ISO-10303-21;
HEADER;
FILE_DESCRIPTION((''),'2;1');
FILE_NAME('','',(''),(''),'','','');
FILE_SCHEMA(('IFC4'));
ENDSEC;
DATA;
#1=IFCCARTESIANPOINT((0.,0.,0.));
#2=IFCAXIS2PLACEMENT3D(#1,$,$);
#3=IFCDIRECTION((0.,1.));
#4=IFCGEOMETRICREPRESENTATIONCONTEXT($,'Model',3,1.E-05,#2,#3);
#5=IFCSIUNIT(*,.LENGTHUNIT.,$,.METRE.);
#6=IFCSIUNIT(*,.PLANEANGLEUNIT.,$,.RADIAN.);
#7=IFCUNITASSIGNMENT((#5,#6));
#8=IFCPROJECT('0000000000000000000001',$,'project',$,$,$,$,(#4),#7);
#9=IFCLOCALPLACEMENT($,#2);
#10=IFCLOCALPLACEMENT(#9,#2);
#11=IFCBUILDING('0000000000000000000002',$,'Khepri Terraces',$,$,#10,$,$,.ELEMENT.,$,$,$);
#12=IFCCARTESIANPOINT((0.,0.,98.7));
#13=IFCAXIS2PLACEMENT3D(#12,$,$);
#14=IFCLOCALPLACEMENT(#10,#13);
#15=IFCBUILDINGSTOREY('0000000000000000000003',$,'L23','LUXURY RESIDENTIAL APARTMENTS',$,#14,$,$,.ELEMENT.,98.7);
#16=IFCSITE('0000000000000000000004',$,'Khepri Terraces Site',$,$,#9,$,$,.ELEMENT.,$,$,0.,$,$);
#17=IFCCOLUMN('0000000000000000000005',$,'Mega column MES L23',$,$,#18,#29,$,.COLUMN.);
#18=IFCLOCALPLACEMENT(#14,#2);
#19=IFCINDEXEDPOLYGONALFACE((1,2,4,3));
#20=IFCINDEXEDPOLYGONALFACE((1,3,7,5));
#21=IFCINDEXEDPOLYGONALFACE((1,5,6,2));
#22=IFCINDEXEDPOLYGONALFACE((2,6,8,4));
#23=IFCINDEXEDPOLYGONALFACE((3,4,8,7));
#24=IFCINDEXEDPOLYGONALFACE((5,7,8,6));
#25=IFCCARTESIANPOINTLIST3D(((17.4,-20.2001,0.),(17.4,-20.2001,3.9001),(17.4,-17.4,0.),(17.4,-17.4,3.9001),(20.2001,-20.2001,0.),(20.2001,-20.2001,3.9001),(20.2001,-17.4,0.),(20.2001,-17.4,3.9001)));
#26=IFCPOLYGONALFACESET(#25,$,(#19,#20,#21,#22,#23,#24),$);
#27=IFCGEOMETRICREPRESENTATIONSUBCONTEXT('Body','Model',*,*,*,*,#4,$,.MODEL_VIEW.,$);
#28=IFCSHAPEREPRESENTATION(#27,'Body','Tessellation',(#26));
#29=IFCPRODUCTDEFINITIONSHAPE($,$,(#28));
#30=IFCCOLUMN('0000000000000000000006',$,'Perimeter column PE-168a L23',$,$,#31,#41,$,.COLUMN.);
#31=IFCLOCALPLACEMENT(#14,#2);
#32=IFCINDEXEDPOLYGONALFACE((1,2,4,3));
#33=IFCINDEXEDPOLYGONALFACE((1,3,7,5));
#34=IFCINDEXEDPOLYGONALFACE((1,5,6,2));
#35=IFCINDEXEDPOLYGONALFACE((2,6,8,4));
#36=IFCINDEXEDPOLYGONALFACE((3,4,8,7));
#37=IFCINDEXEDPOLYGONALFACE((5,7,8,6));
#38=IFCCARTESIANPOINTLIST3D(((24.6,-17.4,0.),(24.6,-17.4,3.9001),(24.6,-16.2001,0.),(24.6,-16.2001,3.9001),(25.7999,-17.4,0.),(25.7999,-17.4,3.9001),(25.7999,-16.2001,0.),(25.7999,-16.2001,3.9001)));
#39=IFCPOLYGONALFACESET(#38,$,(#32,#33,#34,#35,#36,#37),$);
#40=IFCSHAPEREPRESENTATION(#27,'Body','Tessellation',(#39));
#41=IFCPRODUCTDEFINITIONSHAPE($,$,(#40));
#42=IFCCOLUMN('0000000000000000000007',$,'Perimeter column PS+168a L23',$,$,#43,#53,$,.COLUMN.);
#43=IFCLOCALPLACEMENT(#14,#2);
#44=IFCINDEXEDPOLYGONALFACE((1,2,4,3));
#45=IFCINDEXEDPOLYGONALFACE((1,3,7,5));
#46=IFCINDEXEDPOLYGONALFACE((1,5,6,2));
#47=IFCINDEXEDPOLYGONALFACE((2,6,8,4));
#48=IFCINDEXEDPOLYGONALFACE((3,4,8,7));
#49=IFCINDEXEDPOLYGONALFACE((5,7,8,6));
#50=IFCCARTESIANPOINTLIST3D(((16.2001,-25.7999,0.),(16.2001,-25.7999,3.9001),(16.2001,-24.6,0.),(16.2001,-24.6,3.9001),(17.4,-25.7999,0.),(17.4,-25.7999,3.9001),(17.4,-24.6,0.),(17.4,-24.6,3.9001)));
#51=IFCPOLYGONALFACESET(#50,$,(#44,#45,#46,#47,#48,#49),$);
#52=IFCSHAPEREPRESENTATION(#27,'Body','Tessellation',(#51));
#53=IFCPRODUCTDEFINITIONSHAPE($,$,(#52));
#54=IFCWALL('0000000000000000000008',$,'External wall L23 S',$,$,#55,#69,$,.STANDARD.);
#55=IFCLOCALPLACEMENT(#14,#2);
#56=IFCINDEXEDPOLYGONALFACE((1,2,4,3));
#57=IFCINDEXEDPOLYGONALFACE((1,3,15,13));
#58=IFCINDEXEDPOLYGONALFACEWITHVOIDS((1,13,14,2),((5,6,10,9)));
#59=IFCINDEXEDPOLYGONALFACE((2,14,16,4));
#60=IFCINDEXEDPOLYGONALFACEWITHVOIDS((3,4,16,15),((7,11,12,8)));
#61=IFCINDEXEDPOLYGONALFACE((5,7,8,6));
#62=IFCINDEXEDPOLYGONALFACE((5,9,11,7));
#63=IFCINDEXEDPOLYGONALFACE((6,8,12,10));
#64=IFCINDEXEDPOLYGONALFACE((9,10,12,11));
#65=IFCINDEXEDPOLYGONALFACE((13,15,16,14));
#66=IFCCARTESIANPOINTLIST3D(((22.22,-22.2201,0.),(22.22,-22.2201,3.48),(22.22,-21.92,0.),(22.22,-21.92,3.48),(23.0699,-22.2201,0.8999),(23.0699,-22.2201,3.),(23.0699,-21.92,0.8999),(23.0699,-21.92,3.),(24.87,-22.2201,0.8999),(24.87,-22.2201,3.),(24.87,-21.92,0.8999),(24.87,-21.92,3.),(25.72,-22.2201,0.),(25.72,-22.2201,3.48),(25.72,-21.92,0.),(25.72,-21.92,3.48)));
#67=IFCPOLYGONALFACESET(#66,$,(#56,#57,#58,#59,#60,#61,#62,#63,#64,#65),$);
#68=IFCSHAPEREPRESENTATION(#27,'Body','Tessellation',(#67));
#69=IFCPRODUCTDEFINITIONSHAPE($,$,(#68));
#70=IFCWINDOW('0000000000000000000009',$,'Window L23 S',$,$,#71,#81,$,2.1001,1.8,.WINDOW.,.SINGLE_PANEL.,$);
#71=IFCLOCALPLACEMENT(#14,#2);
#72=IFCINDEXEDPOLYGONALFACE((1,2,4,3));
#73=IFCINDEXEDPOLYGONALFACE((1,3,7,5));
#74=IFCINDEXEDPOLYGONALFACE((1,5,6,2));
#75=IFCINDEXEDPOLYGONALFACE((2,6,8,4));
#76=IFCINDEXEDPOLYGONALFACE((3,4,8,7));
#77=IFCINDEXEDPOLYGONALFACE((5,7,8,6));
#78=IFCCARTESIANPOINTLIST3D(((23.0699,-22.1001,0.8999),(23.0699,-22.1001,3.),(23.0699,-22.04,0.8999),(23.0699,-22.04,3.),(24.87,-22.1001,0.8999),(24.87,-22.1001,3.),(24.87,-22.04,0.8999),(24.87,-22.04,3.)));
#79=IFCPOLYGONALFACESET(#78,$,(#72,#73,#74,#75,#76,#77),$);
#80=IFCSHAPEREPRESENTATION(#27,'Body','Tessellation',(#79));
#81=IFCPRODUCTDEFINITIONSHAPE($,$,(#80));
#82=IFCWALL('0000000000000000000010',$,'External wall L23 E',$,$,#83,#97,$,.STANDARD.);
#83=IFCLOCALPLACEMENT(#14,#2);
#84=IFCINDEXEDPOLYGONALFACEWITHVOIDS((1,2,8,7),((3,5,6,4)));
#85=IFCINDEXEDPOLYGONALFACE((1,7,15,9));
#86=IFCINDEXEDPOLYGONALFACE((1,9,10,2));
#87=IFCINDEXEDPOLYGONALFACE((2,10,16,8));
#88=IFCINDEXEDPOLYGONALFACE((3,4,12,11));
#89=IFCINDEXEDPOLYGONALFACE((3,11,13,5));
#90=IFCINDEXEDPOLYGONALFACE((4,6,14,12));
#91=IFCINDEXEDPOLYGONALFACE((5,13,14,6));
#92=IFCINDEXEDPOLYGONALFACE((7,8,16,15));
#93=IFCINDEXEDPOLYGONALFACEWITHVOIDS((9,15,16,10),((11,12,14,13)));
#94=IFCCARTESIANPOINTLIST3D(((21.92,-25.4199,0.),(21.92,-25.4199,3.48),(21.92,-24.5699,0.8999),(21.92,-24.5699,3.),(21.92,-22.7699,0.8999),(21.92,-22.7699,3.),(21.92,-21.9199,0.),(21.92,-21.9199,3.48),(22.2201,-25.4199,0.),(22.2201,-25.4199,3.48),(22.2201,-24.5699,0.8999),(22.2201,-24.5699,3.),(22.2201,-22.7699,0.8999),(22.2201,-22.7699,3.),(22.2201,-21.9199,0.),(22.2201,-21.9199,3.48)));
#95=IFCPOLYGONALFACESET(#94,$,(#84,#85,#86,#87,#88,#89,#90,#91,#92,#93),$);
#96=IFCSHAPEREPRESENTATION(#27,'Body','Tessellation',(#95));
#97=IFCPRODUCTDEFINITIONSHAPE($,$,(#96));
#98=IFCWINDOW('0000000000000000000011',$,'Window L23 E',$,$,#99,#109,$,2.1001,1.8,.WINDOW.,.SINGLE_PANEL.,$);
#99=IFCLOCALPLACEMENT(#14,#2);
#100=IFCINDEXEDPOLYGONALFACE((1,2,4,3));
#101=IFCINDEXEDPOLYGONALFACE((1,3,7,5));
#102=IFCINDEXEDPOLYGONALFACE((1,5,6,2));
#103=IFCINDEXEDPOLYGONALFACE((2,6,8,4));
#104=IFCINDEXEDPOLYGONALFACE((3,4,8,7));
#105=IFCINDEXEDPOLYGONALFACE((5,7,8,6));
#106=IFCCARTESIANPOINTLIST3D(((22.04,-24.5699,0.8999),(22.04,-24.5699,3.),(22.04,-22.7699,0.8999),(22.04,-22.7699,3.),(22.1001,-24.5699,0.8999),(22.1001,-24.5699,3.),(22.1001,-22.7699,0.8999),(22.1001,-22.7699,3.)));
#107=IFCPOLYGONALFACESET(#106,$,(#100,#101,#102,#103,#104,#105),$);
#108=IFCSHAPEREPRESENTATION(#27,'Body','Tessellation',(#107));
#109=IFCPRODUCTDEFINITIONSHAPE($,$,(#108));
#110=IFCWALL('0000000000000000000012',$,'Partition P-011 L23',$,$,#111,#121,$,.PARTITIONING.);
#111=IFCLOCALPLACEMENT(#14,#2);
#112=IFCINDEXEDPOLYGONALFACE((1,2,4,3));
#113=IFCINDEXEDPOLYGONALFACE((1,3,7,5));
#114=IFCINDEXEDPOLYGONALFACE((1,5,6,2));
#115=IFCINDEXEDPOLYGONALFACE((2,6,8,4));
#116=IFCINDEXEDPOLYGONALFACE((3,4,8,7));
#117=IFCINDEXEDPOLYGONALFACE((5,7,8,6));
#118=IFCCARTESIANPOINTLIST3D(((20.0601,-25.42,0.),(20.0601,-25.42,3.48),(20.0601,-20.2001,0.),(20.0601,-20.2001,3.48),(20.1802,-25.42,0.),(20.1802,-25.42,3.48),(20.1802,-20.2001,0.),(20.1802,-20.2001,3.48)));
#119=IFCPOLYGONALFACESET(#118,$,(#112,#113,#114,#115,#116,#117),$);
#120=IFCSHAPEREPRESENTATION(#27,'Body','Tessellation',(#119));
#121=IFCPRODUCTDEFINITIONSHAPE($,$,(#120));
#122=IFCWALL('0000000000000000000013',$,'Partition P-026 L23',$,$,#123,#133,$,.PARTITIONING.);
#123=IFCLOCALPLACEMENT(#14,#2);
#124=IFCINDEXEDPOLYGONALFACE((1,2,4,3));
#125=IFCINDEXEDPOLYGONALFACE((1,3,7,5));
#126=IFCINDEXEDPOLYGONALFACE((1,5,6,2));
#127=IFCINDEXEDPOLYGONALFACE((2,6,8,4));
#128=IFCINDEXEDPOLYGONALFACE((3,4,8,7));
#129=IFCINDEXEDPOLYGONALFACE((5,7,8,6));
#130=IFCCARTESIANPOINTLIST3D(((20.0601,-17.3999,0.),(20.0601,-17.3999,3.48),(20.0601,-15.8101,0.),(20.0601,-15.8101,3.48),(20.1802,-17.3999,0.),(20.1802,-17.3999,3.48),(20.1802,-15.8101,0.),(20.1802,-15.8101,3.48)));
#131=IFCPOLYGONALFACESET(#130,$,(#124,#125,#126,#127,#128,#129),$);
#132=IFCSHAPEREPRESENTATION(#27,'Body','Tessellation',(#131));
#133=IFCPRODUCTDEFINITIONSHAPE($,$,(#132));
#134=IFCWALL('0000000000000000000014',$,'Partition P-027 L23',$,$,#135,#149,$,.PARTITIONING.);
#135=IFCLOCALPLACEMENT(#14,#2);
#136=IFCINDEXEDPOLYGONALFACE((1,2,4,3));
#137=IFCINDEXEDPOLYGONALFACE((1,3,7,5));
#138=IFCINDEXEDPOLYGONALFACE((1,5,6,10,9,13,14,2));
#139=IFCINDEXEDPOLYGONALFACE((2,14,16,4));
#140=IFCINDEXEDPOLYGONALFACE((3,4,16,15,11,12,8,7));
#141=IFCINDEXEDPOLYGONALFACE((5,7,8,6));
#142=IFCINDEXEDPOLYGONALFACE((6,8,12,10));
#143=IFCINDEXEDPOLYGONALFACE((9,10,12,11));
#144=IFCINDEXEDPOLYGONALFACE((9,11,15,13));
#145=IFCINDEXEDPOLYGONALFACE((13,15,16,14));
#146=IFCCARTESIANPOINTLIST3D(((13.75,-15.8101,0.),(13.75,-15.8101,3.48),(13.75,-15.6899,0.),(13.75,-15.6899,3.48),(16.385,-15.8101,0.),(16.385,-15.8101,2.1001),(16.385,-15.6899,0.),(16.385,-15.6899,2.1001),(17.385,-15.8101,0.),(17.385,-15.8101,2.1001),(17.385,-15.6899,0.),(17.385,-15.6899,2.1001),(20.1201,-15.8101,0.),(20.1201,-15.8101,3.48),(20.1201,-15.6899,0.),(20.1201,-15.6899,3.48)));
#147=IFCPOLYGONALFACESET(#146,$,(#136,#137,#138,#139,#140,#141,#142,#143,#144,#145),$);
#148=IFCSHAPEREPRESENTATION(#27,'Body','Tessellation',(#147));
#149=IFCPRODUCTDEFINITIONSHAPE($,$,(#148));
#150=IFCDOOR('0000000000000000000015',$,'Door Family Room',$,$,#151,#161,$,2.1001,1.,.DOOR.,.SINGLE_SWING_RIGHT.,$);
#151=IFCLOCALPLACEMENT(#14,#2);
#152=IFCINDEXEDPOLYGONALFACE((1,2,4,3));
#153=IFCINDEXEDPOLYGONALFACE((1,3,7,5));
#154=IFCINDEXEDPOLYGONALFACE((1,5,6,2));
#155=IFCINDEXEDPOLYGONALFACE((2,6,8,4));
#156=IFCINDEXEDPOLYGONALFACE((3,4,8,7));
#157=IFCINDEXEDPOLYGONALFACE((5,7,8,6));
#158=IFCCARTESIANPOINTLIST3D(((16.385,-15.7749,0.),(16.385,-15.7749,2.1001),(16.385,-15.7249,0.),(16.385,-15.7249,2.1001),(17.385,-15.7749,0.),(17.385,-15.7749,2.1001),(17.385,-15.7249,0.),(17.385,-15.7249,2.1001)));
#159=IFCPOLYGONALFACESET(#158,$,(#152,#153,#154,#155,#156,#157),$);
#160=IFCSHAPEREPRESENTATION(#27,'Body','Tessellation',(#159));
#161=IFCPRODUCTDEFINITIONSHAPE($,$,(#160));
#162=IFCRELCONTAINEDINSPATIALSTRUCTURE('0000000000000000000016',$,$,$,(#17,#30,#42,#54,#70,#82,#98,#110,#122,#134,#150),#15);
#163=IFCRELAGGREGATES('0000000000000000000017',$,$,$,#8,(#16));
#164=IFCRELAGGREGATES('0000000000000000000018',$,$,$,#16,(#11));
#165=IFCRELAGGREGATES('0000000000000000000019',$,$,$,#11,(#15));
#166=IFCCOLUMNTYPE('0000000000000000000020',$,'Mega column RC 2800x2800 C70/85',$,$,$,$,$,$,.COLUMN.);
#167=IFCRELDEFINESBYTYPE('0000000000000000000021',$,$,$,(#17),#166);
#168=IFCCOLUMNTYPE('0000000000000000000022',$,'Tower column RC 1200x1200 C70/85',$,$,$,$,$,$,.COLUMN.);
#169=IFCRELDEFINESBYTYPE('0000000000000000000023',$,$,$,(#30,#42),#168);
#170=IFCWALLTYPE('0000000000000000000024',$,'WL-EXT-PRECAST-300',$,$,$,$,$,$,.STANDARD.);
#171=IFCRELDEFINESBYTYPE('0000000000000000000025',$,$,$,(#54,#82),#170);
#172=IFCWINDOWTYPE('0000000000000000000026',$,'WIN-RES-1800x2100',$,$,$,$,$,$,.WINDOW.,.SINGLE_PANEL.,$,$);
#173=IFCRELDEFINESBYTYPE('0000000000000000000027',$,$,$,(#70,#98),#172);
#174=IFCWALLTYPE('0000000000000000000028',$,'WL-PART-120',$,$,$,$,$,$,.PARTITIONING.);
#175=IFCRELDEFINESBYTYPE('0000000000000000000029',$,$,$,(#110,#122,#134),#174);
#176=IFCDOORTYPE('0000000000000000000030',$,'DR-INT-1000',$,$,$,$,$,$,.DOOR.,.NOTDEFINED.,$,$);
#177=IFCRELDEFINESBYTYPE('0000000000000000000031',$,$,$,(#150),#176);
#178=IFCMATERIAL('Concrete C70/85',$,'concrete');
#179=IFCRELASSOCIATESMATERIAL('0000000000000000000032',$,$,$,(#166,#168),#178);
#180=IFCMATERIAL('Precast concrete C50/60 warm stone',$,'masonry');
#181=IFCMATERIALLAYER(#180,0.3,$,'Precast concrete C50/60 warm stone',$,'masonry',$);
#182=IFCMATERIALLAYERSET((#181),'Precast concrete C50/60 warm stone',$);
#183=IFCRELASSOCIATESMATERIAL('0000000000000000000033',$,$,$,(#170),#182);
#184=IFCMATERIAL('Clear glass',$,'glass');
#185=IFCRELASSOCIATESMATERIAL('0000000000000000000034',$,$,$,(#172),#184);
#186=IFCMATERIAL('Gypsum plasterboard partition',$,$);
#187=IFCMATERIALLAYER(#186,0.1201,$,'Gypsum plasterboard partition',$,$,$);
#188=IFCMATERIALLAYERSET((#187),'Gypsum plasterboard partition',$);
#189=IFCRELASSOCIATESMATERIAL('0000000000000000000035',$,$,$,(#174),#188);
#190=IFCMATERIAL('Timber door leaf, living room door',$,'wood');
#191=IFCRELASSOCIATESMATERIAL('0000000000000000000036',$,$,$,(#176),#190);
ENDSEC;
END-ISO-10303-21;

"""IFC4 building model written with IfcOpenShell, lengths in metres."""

from ifc_helpers import new_model, si_unit, direction, frame, frame_2d, origin, origin_2d, place, context, subcontext, project, spatial, rectangle, extrude, material, layer, layer_set, material_profile, profile_set, type_object, element, fill, save


model = new_model("IFC4")

# Units and contexts
model_context = context("Model", 3, precision=1e-05, world=origin(), true_north=direction((0.0, 1.0)))
body_context = subcontext(model_context, "Body", "Model", "MODEL_VIEW")
ifc_project = project(units=[si_unit("LENGTHUNIT", "METRE"), si_unit("PLANEANGLEUNIT", "RADIAN")], contexts=[model_context])

# Site, building, storey
site_placement = place(None, origin())
site = spatial("IfcSite", under=ifc_project, at=site_placement, Name="Khepri Terraces Site", CompositionType="ELEMENT", RefElevation=0.0)
building_placement = place(site_placement, origin())
building = spatial("IfcBuilding", under=site, at=building_placement, Name="Khepri Terraces", CompositionType="ELEMENT")
storey_placement = place(building_placement, frame((0.0, 0.0, 98.7)))
storey = spatial("IfcBuildingStorey", under=building, at=storey_placement, Name="L23", Description="LUXURY RESIDENTIAL APARTMENTS", CompositionType="ELEMENT", Elevation=98.7)

# Columns
ifc_material_1 = material(Name="Concrete C70/85", Category="concrete")
ifc_material_profile_1 = material_profile(ifc_material_1, rectangle(XDim=2.8, YDim=2.8, at=origin_2d()), Name="Concrete C70/85", Category="concrete")
ifc_profile_set_1 = profile_set([ifc_material_profile_1], Name="Concrete C70/85")
column_type_1 = type_object("IfcColumnType", Name="Mega column RC 2800x2800 C70/85", PredefinedType="COLUMN", material=ifc_profile_set_1)
column_placement = place(storey_placement, frame((18.8, -18.8, 0.0), z_axis=(0.0, 0.0, 1.0), x_axis=(1.0, 0.0, 0.0)))
element("IfcColumn", 1, at=column_placement, inside=storey, type_object=column_type_1, Name="Mega column MES L23", PredefinedType="COLUMN", context=body_context, shape_type="SweptSolid", body=[
    extrude(rectangle(XDim=2.8, YDim=2.8, at=origin_2d()), origin(), (0.0, 0.0, 1.0), 3.9001),
])
ifc_material_profile_2 = material_profile(ifc_material_1, rectangle(XDim=1.2, YDim=1.2, at=origin_2d()), Name="Concrete C70/85", Category="concrete")
ifc_profile_set_2 = profile_set([ifc_material_profile_2], Name="Concrete C70/85")
column_type_2 = type_object("IfcColumnType", Name="Tower column RC 1200x1200 C70/85", PredefinedType="COLUMN", material=ifc_profile_set_2)
for number, where, z_axis, x_axis, name in (
    (2, (25.2, -16.8, 0.0), (0.0, 0.0, 1.0), (1.0, 0.0, 0.0), "Perimeter column PE-168a L23"),
    (3, (16.8, -25.2, 0.0), (0.0, 0.0, 1.0), (1.0, 0.0, 0.0), "Perimeter column PS+168a L23"),
):
    element("IfcColumn", number, at=place(storey_placement, frame(where, z_axis=z_axis, x_axis=x_axis)), inside=storey, type_object=column_type_2, Name=name, PredefinedType="COLUMN", context=body_context, shape_type="SweptSolid", body=[
        extrude(rectangle(XDim=1.2, YDim=1.2, at=origin_2d()), origin(), (0.0, 0.0, 1.0), 3.9001),
    ])

# Wall, opening, window
ifc_material_2 = material(Name="Precast concrete C50/60 warm stone", Category="masonry")
ifc_layer_1 = layer(ifc_material_2, 0.3, Name="Precast concrete C50/60 warm stone", Category="masonry")
ifc_layer_set_1 = layer_set([ifc_layer_1], Name="Precast concrete C50/60 warm stone")
wall_type_1 = type_object("IfcWallType", Name="WL-EXT-PRECAST-300", PredefinedType="STANDARD", material=ifc_layer_set_1)
wall_1_placement = place(storey_placement, frame((22.22, -22.0701, 0.0), z_axis=(0.0, 0.0, 1.0), x_axis=(1.0, 0.0, 0.0)))
wall_1 = element("IfcWall", 4, at=wall_1_placement, inside=storey, type_object=wall_type_1, Name="External wall L23 S", PredefinedType="STANDARD", context=body_context, shape_type="SweptSolid", body=[
    extrude(rectangle(XDim=3.5, YDim=0.3, at=frame_2d((1.75, 0.0))), origin(), (0.0, 0.0, 1.0), 3.48),
])
opening_1_placement = place(wall_1_placement, frame((0.8501, 0.0, 0.8999)))
opening_1 = element("IfcOpeningElement", 5, at=opening_1_placement, cuts=wall_1, PredefinedType="OPENING", context=body_context, shape_type="SweptSolid", body=[
    extrude(rectangle(XDim=1.8, YDim=2.1001, at=frame_2d((0.8999, 1.05))), frame((0.0, 0.1602, 0.0), z_axis=(0.0, -1.0, 0.0), x_axis=(1.0, 0.0, 0.0)), (0.0, 0.0, 1.0), 0.3201),
])
ifc_material_3 = material(Name="Clear glass", Category="glass")
window_type = type_object("IfcWindowType", Name="WIN-RES-1800x2100", PartitioningType="SINGLE_PANEL", PredefinedType="WINDOW", material=ifc_material_3)
window_1_placement = place(opening_1_placement, origin())
window_1 = element("IfcWindow", 6, at=window_1_placement, inside=storey, type_object=window_type, Name="Window L23 S", OverallHeight=2.1001, OverallWidth=1.8, PartitioningType="SINGLE_PANEL", PredefinedType="WINDOW", context=body_context, shape_type="SweptSolid", body=[
    extrude(rectangle(XDim=1.8, YDim=2.1001, at=frame_2d((0.8999, 1.05))), frame((0.0, 0.03, 0.0), z_axis=(0.0, -1.0, 0.0), x_axis=(1.0, 0.0, 0.0)), (0.0, 0.0, 1.0), 0.0601),
])
fill(opening_1, window_1)

# Wall, opening, window
wall_2_placement = place(storey_placement, frame((22.0701, -25.4199, 0.0), z_axis=(0.0, 0.0, 1.0), x_axis=(0.0, 1.0, 0.0)))
wall_2 = element("IfcWall", 7, at=wall_2_placement, inside=storey, type_object=wall_type_1, Name="External wall L23 E", PredefinedType="STANDARD", context=body_context, shape_type="SweptSolid", body=[
    extrude(rectangle(XDim=3.5, YDim=0.3, at=frame_2d((1.75, 0.0))), origin(), (0.0, 0.0, 1.0), 3.48),
])
opening_2_placement = place(wall_2_placement, frame((0.8501, 0.0, 0.8999)))
opening_2 = element("IfcOpeningElement", 8, at=opening_2_placement, cuts=wall_2, PredefinedType="OPENING", context=body_context, shape_type="SweptSolid", body=[
    extrude(rectangle(XDim=1.8, YDim=2.1001, at=frame_2d((0.8999, 1.05))), frame((0.0, 0.1602, 0.0), z_axis=(0.0, -1.0, 0.0), x_axis=(1.0, 0.0, 0.0)), (0.0, 0.0, 1.0), 0.3201),
])
window_2_placement = place(opening_2_placement, origin())
window_2 = element("IfcWindow", 9, at=window_2_placement, inside=storey, type_object=window_type, Name="Window L23 E", OverallHeight=2.1001, OverallWidth=1.8, PartitioningType="SINGLE_PANEL", PredefinedType="WINDOW", context=body_context, shape_type="SweptSolid", body=[
    extrude(rectangle(XDim=1.8, YDim=2.1001, at=frame_2d((0.8999, 1.05))), frame((0.0, 0.03, 0.0), z_axis=(0.0, -1.0, 0.0), x_axis=(1.0, 0.0, 0.0)), (0.0, 0.0, 1.0), 0.0601),
])
fill(opening_2, window_2)

# Walls
ifc_material_4 = material(Name="Gypsum plasterboard partition")
ifc_layer_2 = layer(ifc_material_4, 0.1201, Name="Gypsum plasterboard partition")
ifc_layer_set_2 = layer_set([ifc_layer_2], Name="Gypsum plasterboard partition")
wall_type_2 = type_object("IfcWallType", Name="WL-PART-120", PredefinedType="PARTITIONING", material=ifc_layer_set_2)
wall_3_placement = place(storey_placement, frame((20.1201, -25.4199, 0.0), z_axis=(0.0, 0.0, 1.0), x_axis=(0.0, 1.0, 0.0)))
element("IfcWall", 10, at=wall_3_placement, inside=storey, type_object=wall_type_2, Name="Partition P-011 L23", PredefinedType="PARTITIONING", context=body_context, shape_type="SweptSolid", body=[
    extrude(rectangle(XDim=5.22, YDim=0.1201, at=frame_2d((2.6099, 0.0))), origin(), (0.0, 0.0, 1.0), 3.48),
])
wall_4_placement = place(storey_placement, frame((20.1201, -17.3999, 0.0), z_axis=(0.0, 0.0, 1.0), x_axis=(0.0, 1.0, 0.0)))
element("IfcWall", 11, at=wall_4_placement, inside=storey, type_object=wall_type_2, Name="Partition P-026 L23", PredefinedType="PARTITIONING", context=body_context, shape_type="SweptSolid", body=[
    extrude(rectangle(XDim=1.5898, YDim=0.1201, at=frame_2d((0.7949, 0.0))), origin(), (0.0, 0.0, 1.0), 3.48),
])

# Wall, opening, door
wall_5_placement = place(storey_placement, frame((13.75, -15.75, 0.0), z_axis=(0.0, 0.0, 1.0), x_axis=(1.0, 0.0, 0.0)))
wall_5 = element("IfcWall", 12, at=wall_5_placement, inside=storey, type_object=wall_type_2, Name="Partition P-027 L23", PredefinedType="PARTITIONING", context=body_context, shape_type="SweptSolid", body=[
    extrude(rectangle(XDim=6.3701, YDim=0.1201, at=frame_2d((3.1851, 0.0))), origin(), (0.0, 0.0, 1.0), 3.48),
])
opening_3_placement = place(wall_5_placement, frame((2.635, 0.0, 0.0)))
opening_3 = element("IfcOpeningElement", 13, at=opening_3_placement, cuts=wall_5, PredefinedType="OPENING", context=body_context, shape_type="SweptSolid", body=[
    extrude(rectangle(XDim=1.0, YDim=2.1001, at=frame_2d((0.5, 1.05))), frame((0.0, 0.0701, 0.0), z_axis=(0.0, -1.0, 0.0), x_axis=(1.0, 0.0, 0.0)), (0.0, 0.0, 1.0), 0.1401),
])
ifc_material_5 = material(Name="Timber door leaf, living room door", Category="wood")
door_type_1 = type_object("IfcDoorType", Name="DR-INT-1000", OperationType="NOTDEFINED", PredefinedType="DOOR", material=ifc_material_5)
door_1_placement = place(opening_3_placement, frame((1.0, 0.0, 0.0), z_axis=(0.0, 0.0, 1.0), x_axis=(-1.0, 0.0, 0.0)))
door_1 = element("IfcDoor", 14, at=door_1_placement, inside=storey, type_object=door_type_1, Name="Door Family Room", OperationType="SINGLE_SWING_RIGHT", OverallHeight=2.1001, OverallWidth=1.0, PredefinedType="DOOR", context=body_context, shape_type="SweptSolid", body=[
    extrude(rectangle(XDim=1.0, YDim=2.1001, at=frame_2d((0.5, 1.05))), frame((0.0, 0.0249, 0.0), z_axis=(0.0, -1.0, 0.0), x_axis=(1.0, 0.0, 0.0)), (0.0, 0.0, 1.0), 0.05),
])
fill(opening_3, door_1)

save(model, "model.ifc")
